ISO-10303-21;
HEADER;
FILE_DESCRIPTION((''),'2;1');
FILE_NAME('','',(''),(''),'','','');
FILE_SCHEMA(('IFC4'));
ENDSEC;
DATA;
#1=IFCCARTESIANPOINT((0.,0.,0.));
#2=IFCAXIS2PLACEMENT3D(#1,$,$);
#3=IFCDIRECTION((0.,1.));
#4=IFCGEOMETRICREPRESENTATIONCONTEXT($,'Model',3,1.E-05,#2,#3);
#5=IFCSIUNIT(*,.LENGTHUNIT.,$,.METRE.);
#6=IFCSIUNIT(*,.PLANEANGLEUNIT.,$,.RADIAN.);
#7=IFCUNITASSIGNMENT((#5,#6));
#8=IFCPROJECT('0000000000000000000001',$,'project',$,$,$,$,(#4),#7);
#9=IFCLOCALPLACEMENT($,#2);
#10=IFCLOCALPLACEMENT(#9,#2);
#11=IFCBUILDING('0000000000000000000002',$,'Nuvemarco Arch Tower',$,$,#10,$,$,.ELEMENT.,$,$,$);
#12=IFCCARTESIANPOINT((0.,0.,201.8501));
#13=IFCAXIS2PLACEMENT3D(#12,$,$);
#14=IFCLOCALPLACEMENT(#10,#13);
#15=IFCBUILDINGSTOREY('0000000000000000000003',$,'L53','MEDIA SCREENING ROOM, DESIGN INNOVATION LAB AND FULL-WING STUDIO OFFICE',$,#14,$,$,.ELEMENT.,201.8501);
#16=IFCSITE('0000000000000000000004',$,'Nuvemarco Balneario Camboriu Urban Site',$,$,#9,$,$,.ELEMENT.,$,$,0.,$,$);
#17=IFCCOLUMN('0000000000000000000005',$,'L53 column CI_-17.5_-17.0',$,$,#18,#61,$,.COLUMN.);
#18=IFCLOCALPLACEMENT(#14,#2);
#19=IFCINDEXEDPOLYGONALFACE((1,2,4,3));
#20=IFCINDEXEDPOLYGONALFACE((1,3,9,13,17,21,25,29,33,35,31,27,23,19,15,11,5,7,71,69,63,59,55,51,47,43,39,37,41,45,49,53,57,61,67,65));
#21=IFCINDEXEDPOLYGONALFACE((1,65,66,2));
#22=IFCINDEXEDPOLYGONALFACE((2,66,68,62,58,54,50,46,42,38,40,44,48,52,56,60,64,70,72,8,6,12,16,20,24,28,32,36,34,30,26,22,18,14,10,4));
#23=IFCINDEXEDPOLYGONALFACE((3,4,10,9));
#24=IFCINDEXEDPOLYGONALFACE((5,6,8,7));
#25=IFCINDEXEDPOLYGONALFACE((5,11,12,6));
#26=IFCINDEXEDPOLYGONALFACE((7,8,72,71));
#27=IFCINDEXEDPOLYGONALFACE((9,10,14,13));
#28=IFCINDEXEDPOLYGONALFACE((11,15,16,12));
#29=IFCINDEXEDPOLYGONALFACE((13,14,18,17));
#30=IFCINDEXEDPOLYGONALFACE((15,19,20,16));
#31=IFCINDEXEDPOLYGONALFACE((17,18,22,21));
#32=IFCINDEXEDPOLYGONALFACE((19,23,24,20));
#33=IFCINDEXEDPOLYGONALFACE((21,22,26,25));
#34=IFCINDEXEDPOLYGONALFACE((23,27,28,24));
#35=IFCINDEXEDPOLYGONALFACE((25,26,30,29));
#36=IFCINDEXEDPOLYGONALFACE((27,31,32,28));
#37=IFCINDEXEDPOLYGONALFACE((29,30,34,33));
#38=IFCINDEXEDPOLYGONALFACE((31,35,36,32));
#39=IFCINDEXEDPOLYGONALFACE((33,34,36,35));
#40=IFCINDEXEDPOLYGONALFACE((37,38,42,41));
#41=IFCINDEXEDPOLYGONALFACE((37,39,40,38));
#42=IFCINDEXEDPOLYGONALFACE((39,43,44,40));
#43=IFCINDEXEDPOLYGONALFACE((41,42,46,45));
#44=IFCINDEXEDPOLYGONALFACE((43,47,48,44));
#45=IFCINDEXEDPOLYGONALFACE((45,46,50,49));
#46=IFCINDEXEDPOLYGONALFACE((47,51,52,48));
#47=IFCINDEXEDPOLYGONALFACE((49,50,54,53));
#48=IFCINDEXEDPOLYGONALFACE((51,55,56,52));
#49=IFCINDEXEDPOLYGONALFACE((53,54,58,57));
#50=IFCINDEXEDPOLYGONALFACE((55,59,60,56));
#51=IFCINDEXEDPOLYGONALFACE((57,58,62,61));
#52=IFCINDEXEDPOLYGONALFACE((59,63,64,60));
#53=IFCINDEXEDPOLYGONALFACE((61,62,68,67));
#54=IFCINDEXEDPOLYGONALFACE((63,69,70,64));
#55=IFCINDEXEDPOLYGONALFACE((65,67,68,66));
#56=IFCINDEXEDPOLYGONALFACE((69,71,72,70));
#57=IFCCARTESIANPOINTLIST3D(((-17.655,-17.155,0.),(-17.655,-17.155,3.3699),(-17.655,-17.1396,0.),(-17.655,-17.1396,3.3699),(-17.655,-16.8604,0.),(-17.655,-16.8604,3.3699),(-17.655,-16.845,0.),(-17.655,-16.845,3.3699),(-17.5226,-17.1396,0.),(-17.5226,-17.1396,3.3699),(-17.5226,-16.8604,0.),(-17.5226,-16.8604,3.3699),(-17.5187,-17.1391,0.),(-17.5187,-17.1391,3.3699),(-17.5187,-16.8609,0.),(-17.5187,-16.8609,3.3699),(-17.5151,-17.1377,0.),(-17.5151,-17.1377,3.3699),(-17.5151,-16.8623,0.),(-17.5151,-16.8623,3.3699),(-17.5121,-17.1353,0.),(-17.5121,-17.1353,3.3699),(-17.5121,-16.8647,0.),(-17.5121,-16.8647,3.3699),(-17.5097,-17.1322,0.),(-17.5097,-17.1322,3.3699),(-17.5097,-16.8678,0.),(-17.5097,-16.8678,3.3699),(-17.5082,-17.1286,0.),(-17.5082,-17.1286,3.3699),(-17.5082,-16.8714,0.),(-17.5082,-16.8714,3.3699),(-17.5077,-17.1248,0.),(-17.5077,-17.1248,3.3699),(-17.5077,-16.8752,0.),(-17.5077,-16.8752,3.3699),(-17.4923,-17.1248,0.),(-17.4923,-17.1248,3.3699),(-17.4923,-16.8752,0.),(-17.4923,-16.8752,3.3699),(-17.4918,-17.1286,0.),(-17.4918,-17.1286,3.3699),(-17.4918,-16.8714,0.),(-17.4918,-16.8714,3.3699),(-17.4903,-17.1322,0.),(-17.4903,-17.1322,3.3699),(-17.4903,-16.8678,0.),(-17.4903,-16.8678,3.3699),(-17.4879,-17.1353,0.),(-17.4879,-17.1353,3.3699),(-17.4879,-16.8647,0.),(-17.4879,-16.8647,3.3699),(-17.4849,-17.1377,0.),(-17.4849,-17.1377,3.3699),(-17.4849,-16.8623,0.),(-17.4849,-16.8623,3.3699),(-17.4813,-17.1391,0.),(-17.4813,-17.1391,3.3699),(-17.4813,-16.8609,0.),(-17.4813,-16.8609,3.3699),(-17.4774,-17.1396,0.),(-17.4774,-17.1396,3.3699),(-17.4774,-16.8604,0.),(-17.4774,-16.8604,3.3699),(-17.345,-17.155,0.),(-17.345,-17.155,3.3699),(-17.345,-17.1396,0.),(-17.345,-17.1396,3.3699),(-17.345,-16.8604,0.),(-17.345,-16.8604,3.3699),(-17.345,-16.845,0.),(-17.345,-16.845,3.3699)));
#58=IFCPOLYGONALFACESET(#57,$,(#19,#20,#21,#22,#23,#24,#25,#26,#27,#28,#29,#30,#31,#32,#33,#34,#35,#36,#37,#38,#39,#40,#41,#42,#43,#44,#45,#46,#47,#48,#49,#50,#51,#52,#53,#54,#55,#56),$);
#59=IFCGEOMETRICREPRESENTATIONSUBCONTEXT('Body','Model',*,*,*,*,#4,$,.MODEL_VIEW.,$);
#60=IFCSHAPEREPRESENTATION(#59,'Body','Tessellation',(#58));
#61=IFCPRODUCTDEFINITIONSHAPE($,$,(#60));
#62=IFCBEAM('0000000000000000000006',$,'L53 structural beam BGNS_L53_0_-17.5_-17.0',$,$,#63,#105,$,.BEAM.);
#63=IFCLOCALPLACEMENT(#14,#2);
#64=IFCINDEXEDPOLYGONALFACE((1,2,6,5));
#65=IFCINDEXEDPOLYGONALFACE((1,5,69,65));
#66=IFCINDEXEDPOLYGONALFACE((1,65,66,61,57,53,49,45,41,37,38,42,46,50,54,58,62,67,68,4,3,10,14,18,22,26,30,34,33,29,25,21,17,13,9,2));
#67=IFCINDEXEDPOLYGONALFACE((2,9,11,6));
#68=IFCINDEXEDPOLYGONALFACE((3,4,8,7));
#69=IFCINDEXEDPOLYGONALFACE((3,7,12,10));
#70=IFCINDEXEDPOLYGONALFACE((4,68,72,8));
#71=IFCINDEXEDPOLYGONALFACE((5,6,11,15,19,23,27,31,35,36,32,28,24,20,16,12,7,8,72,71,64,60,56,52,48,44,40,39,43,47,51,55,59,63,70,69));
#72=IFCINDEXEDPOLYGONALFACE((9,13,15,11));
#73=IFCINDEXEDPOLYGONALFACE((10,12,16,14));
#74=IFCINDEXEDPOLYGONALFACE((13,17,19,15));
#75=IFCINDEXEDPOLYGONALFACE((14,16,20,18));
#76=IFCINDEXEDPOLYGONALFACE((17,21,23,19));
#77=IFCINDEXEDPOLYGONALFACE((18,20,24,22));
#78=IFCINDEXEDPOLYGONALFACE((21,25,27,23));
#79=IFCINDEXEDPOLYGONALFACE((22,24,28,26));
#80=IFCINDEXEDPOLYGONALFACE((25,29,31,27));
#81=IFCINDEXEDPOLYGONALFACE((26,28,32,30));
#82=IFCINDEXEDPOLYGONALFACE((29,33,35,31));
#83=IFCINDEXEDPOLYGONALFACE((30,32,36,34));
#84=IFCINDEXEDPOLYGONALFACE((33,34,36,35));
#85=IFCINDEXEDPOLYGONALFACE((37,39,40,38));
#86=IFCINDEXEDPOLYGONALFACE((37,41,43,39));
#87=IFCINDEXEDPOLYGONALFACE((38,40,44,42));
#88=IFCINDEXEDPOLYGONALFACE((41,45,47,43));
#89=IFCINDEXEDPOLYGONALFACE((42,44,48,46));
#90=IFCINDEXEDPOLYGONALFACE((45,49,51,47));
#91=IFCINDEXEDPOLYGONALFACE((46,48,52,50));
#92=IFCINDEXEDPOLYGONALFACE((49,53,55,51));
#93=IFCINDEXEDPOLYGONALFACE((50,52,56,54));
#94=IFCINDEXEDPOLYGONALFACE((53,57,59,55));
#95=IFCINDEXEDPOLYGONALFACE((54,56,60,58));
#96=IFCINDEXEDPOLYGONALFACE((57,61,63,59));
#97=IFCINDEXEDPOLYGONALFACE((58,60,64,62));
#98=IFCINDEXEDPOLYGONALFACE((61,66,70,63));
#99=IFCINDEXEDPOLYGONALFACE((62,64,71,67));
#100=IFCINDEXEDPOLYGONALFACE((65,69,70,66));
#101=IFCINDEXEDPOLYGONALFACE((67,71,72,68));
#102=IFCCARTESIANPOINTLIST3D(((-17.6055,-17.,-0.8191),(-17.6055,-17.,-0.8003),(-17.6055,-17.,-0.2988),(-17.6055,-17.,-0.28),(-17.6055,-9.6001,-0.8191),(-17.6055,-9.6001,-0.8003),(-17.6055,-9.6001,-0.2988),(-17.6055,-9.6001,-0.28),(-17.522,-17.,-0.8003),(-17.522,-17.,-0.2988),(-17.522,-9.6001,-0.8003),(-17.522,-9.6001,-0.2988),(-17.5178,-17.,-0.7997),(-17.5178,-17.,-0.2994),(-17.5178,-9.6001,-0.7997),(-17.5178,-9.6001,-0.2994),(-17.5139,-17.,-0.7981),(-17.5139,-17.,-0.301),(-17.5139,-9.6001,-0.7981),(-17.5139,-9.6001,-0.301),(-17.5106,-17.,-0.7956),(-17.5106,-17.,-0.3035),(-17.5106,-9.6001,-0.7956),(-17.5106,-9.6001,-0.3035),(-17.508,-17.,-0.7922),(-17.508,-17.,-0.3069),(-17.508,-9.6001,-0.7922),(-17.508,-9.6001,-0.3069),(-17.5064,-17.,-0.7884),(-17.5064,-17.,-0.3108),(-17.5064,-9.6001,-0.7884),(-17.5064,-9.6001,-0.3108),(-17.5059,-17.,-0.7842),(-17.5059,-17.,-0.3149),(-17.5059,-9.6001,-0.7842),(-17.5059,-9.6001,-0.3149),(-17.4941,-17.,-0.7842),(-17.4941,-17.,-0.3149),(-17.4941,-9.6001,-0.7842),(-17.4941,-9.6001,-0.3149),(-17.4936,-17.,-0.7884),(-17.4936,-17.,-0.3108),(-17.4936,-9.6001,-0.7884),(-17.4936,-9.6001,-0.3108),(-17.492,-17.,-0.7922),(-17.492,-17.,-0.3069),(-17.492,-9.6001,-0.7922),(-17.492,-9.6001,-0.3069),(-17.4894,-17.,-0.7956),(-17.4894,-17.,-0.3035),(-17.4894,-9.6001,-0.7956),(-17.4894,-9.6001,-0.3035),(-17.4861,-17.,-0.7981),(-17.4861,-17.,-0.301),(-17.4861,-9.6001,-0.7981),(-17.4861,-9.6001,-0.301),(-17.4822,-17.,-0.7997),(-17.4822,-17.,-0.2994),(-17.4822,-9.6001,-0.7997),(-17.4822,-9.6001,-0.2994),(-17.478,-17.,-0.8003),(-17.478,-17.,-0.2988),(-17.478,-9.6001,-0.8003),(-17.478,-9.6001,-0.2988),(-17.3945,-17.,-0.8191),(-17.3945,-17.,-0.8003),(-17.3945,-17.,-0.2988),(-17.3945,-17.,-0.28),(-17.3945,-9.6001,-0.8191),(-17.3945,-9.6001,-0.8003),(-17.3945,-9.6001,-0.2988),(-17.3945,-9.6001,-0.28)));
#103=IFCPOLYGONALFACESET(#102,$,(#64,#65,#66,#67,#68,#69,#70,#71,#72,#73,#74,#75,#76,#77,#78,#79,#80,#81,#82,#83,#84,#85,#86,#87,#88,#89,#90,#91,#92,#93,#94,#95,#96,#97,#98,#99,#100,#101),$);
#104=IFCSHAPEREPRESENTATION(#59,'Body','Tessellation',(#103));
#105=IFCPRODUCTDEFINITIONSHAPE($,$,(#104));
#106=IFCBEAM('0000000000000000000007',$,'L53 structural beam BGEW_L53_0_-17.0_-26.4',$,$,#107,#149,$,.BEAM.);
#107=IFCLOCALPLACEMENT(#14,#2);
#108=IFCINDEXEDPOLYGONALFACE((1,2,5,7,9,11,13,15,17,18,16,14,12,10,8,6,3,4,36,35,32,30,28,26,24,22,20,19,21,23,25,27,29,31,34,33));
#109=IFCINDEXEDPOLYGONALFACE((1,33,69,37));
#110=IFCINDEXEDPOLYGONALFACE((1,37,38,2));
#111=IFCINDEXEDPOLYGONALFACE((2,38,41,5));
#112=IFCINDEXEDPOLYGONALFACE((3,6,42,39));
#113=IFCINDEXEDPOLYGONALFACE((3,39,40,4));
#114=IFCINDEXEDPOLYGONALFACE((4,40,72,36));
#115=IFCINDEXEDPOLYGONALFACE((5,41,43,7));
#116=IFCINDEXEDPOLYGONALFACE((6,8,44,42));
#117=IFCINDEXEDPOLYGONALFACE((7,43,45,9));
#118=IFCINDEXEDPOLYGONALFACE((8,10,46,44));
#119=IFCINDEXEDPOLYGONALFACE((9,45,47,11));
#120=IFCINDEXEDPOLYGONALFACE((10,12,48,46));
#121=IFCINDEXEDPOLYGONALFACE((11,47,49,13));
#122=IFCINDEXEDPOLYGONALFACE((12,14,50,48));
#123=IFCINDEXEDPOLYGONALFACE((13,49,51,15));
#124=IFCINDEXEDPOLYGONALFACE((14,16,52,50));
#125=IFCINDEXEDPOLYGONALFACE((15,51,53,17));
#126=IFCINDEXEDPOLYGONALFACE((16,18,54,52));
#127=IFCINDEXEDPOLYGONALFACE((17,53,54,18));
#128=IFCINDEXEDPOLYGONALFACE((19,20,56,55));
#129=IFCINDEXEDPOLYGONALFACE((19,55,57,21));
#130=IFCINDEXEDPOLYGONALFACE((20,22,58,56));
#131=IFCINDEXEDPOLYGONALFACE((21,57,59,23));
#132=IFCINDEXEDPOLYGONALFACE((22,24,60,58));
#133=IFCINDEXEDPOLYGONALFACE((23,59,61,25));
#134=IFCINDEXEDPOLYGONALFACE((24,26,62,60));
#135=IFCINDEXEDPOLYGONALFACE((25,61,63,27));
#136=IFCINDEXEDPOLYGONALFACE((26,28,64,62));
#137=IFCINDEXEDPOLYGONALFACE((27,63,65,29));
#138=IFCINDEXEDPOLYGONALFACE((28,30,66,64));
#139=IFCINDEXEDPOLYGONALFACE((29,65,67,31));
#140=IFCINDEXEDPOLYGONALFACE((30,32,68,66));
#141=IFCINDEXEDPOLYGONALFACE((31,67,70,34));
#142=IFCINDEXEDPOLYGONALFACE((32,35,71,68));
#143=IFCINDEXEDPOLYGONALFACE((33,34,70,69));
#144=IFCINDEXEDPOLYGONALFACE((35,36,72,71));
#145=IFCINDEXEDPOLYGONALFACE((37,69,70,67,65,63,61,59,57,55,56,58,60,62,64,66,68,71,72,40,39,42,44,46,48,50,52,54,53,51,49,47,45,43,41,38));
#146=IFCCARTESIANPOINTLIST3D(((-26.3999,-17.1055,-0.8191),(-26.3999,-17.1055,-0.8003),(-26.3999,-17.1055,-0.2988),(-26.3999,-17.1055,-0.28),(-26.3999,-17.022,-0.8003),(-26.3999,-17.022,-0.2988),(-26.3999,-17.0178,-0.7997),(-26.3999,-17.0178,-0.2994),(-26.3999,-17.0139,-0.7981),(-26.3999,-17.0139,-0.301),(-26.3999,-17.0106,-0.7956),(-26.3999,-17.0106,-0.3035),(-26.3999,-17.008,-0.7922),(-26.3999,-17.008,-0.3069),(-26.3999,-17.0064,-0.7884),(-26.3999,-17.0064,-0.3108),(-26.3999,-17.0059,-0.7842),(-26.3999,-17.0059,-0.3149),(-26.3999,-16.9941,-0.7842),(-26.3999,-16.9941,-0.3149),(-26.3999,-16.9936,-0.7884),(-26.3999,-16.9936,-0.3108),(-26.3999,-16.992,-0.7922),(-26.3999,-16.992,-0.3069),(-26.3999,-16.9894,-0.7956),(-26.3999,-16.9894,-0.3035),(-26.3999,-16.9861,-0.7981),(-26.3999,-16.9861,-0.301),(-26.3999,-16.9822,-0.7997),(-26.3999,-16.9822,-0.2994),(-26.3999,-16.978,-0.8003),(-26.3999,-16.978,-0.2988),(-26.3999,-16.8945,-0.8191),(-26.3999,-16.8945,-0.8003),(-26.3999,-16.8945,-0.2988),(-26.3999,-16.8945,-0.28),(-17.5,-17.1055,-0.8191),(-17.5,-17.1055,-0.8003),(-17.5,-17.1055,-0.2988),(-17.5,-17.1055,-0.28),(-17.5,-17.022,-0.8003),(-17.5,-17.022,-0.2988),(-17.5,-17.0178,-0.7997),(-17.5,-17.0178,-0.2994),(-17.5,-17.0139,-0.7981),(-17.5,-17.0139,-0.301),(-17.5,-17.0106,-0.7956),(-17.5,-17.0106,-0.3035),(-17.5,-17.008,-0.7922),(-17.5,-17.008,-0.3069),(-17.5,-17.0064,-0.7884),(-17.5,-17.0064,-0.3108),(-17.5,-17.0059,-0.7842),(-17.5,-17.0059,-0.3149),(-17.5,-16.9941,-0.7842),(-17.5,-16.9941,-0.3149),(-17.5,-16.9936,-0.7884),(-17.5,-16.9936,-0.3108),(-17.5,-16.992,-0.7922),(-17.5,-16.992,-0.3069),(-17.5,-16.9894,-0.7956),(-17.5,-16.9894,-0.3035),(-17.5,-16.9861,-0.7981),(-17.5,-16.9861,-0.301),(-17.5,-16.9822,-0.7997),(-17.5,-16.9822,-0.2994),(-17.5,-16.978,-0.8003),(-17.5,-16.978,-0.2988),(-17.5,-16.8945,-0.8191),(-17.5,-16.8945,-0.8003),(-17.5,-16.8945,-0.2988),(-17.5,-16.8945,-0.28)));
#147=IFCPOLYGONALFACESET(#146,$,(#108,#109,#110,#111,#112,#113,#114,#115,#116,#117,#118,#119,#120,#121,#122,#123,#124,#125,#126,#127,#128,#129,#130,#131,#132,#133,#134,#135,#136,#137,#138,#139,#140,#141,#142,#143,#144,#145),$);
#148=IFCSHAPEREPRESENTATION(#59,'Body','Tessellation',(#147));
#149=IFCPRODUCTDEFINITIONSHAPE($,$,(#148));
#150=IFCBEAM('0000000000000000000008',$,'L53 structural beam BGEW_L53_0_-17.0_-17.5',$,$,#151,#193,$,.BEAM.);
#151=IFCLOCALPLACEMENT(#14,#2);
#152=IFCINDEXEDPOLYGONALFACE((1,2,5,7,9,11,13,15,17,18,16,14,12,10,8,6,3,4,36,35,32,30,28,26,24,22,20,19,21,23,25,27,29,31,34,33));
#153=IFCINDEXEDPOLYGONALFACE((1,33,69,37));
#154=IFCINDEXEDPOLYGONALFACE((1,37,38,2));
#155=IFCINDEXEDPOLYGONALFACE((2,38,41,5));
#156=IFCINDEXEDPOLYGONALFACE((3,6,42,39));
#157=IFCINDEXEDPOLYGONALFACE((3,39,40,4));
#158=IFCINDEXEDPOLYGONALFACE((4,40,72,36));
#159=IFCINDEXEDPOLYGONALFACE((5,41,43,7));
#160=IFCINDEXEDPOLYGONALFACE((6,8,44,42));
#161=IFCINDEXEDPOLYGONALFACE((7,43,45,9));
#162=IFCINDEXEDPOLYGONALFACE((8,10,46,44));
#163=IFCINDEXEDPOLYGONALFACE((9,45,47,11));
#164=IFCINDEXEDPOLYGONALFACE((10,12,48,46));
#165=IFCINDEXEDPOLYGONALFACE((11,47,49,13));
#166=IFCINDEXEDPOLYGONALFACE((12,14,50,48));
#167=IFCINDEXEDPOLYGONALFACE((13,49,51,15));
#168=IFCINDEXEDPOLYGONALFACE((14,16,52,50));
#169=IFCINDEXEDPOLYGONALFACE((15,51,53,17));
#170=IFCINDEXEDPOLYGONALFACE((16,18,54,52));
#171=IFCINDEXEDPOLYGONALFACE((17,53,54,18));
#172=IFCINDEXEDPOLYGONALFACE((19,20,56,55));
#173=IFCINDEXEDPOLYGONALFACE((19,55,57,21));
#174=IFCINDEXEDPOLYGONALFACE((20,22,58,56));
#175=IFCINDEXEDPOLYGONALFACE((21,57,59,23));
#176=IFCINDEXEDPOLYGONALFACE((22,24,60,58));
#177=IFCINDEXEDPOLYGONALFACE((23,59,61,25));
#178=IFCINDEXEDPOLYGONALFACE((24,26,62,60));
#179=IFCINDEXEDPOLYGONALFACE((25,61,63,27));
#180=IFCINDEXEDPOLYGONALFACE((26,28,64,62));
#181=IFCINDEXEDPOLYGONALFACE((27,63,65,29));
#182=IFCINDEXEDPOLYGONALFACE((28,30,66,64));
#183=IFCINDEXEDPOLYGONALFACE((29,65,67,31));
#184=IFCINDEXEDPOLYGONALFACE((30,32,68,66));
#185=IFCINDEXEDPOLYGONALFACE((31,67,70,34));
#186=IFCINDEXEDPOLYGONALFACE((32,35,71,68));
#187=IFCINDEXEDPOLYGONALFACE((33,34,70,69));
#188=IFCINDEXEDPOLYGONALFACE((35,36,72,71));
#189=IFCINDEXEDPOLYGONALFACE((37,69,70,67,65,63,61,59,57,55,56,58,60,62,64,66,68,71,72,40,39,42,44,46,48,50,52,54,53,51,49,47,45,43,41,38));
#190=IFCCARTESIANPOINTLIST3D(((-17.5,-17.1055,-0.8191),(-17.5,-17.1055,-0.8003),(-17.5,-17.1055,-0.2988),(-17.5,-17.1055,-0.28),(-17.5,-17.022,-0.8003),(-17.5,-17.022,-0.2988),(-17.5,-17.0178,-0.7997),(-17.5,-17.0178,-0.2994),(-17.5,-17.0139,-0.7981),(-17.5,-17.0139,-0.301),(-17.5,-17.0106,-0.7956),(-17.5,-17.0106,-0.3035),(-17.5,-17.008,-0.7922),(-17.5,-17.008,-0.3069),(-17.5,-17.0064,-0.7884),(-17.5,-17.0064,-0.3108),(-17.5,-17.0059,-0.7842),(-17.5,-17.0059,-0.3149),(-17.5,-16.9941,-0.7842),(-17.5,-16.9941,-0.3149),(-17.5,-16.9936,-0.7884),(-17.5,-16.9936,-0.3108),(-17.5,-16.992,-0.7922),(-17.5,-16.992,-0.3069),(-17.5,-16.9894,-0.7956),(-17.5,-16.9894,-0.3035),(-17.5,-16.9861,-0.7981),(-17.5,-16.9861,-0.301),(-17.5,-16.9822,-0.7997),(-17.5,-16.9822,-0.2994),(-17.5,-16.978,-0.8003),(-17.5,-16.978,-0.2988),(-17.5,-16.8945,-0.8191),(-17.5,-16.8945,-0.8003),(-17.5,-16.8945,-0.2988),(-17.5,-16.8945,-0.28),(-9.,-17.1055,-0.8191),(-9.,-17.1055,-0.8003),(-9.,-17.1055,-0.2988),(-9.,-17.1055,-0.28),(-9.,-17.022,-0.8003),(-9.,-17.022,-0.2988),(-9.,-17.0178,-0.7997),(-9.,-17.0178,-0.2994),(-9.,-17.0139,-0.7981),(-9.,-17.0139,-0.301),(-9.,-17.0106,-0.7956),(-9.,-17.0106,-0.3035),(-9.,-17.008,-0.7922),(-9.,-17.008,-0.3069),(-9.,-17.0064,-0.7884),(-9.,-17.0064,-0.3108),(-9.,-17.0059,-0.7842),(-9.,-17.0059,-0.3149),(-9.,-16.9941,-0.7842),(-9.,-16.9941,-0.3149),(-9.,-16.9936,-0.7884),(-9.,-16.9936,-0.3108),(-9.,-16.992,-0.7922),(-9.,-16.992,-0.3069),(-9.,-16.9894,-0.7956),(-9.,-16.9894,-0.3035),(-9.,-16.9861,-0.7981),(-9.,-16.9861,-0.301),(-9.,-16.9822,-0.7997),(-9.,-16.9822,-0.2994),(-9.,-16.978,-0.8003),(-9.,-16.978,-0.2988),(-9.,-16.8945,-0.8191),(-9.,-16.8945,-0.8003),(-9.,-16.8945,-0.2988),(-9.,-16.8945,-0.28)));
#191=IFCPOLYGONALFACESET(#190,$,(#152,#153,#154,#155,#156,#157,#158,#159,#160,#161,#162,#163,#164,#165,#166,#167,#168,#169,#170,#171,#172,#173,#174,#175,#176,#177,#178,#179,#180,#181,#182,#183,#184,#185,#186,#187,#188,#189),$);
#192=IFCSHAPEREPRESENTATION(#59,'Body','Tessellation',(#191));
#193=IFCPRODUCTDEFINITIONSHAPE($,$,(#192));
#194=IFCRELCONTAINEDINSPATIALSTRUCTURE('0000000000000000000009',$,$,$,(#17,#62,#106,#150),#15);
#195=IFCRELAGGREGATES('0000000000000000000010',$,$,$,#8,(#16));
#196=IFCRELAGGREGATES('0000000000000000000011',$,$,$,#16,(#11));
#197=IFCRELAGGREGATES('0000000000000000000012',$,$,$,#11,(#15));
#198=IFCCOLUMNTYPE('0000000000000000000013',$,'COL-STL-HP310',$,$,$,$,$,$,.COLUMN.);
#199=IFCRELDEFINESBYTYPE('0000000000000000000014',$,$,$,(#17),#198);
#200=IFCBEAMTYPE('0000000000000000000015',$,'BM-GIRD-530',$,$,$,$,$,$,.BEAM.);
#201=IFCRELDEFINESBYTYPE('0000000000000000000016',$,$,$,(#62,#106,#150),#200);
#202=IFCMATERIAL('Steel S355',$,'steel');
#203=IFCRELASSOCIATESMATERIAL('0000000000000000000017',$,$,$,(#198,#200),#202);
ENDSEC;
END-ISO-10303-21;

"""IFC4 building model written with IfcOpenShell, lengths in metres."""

from ifc_helpers import new_model, si_unit, direction, frame, origin, origin_2d, place, context, subcontext, project, spatial, i_section, extrude, material, material_profile, profile_set, type_object, element, save


model = new_model("IFC4")

# Units and contexts
model_context = context("Model", 3, precision=1e-05, world=origin(), true_north=direction((0.0, 1.0)))
body_context = subcontext(model_context, "Body", "Model", "MODEL_VIEW")
ifc_project = project(units=[si_unit("LENGTHUNIT", "METRE"), si_unit("PLANEANGLEUNIT", "RADIAN")], contexts=[model_context])

# Site, building, storey
site_placement = place(None, origin())
site = spatial("IfcSite", under=ifc_project, at=site_placement, Name="Nuvemarco Balneario Camboriu Urban Site", CompositionType="ELEMENT", RefElevation=0.0)
building_placement = place(site_placement, origin())
building = spatial("IfcBuilding", under=site, at=building_placement, Name="Nuvemarco Arch Tower", CompositionType="ELEMENT")
storey_placement = place(building_placement, frame((0.0, 0.0, 201.8501)))
storey = spatial("IfcBuildingStorey", under=building, at=storey_placement, Name="L53", Description="MEDIA SCREENING ROOM, DESIGN INNOVATION LAB AND FULL-WING STUDIO OFFICE", CompositionType="ELEMENT", Elevation=201.8501)

# Column
ifc_material_1 = material(Name="Steel S355", Category="steel")
ifc_material_profile_1 = material_profile(ifc_material_1, i_section(OverallWidth=0.3101, OverallDepth=0.3101, WebThickness=0.0154, FlangeThickness=0.0154, FilletRadius=0.0149, at=origin_2d()), Name="HP310x110")
ifc_profile_set_1 = profile_set([ifc_material_profile_1], Name="Steel S355")
column_type = type_object("IfcColumnType", Name="COL-STL-HP310", PredefinedType="COLUMN", material=ifc_profile_set_1)
column_placement = place(storey_placement, frame((-17.5, -17.0, 0.0), z_axis=(0.0, 0.0, 1.0), x_axis=(1.0, 0.0, 0.0)))
element("IfcColumn", 1, at=column_placement, inside=storey, type_object=column_type, Name="L53 column CI_-17.5_-17.0", PredefinedType="COLUMN", context=body_context, shape_type="SweptSolid", body=[
    extrude(i_section(OverallWidth=0.3101, OverallDepth=0.3101, WebThickness=0.0154, FlangeThickness=0.0154, FilletRadius=0.0149, at=origin_2d()), origin(), (0.0, 0.0, 1.0), 3.3699),
])

# Beams
ifc_material_profile_2 = material_profile(ifc_material_1, i_section(OverallWidth=0.2109, OverallDepth=0.5391, WebThickness=0.0117, FlangeThickness=0.0188, FilletRadius=0.0161, at=origin_2d()), Name="W530x109")
ifc_profile_set_2 = profile_set([ifc_material_profile_2], Name="Steel S355")
beam_type_1 = type_object("IfcBeamType", Name="BM-GIRD-530", PredefinedType="BEAM", material=ifc_profile_set_2)
beam_1_placement = place(storey_placement, frame((-17.5, -17.0, -0.5496), z_axis=(0.0, 1.0, 0.0), x_axis=(-1.0, 0.0, 0.0)))
element("IfcBeam", 2, at=beam_1_placement, inside=storey, type_object=beam_type_1, Name="L53 structural beam BGNS_L53_0_-17.5_-17.0", PredefinedType="BEAM", context=body_context, shape_type="SweptSolid", body=[
    extrude(i_section(OverallWidth=0.2109, OverallDepth=0.5391, WebThickness=0.0117, FlangeThickness=0.0188, FilletRadius=0.0161, at=origin_2d()), origin(), (0.0, 0.0, 1.0), 7.3999),
])
beam_2_placement = place(storey_placement, frame((-26.3999, -17.0, -0.5496), z_axis=(1.0, 0.0, 0.0), x_axis=(0.0, 1.0, 0.0)))
element("IfcBeam", 3, at=beam_2_placement, inside=storey, type_object=beam_type_1, Name="L53 structural beam BGEW_L53_0_-17.0_-26.4", PredefinedType="BEAM", context=body_context, shape_type="SweptSolid", body=[
    extrude(i_section(OverallWidth=0.2109, OverallDepth=0.5391, WebThickness=0.0117, FlangeThickness=0.0188, FilletRadius=0.0161, at=origin_2d()), origin(), (0.0, 0.0, 1.0), 8.8999),
])
beam_3_placement = place(storey_placement, frame((-17.5, -17.0, -0.5496), z_axis=(1.0, 0.0, 0.0), x_axis=(0.0, 1.0, 0.0)))
element("IfcBeam", 4, at=beam_3_placement, inside=storey, type_object=beam_type_1, Name="L53 structural beam BGEW_L53_0_-17.0_-17.5", PredefinedType="BEAM", context=body_context, shape_type="SweptSolid", body=[
    extrude(i_section(OverallWidth=0.2109, OverallDepth=0.5391, WebThickness=0.0117, FlangeThickness=0.0188, FilletRadius=0.0161, at=origin_2d()), origin(), (0.0, 0.0, 1.0), 8.5),
])

save(model, "model.ifc")
